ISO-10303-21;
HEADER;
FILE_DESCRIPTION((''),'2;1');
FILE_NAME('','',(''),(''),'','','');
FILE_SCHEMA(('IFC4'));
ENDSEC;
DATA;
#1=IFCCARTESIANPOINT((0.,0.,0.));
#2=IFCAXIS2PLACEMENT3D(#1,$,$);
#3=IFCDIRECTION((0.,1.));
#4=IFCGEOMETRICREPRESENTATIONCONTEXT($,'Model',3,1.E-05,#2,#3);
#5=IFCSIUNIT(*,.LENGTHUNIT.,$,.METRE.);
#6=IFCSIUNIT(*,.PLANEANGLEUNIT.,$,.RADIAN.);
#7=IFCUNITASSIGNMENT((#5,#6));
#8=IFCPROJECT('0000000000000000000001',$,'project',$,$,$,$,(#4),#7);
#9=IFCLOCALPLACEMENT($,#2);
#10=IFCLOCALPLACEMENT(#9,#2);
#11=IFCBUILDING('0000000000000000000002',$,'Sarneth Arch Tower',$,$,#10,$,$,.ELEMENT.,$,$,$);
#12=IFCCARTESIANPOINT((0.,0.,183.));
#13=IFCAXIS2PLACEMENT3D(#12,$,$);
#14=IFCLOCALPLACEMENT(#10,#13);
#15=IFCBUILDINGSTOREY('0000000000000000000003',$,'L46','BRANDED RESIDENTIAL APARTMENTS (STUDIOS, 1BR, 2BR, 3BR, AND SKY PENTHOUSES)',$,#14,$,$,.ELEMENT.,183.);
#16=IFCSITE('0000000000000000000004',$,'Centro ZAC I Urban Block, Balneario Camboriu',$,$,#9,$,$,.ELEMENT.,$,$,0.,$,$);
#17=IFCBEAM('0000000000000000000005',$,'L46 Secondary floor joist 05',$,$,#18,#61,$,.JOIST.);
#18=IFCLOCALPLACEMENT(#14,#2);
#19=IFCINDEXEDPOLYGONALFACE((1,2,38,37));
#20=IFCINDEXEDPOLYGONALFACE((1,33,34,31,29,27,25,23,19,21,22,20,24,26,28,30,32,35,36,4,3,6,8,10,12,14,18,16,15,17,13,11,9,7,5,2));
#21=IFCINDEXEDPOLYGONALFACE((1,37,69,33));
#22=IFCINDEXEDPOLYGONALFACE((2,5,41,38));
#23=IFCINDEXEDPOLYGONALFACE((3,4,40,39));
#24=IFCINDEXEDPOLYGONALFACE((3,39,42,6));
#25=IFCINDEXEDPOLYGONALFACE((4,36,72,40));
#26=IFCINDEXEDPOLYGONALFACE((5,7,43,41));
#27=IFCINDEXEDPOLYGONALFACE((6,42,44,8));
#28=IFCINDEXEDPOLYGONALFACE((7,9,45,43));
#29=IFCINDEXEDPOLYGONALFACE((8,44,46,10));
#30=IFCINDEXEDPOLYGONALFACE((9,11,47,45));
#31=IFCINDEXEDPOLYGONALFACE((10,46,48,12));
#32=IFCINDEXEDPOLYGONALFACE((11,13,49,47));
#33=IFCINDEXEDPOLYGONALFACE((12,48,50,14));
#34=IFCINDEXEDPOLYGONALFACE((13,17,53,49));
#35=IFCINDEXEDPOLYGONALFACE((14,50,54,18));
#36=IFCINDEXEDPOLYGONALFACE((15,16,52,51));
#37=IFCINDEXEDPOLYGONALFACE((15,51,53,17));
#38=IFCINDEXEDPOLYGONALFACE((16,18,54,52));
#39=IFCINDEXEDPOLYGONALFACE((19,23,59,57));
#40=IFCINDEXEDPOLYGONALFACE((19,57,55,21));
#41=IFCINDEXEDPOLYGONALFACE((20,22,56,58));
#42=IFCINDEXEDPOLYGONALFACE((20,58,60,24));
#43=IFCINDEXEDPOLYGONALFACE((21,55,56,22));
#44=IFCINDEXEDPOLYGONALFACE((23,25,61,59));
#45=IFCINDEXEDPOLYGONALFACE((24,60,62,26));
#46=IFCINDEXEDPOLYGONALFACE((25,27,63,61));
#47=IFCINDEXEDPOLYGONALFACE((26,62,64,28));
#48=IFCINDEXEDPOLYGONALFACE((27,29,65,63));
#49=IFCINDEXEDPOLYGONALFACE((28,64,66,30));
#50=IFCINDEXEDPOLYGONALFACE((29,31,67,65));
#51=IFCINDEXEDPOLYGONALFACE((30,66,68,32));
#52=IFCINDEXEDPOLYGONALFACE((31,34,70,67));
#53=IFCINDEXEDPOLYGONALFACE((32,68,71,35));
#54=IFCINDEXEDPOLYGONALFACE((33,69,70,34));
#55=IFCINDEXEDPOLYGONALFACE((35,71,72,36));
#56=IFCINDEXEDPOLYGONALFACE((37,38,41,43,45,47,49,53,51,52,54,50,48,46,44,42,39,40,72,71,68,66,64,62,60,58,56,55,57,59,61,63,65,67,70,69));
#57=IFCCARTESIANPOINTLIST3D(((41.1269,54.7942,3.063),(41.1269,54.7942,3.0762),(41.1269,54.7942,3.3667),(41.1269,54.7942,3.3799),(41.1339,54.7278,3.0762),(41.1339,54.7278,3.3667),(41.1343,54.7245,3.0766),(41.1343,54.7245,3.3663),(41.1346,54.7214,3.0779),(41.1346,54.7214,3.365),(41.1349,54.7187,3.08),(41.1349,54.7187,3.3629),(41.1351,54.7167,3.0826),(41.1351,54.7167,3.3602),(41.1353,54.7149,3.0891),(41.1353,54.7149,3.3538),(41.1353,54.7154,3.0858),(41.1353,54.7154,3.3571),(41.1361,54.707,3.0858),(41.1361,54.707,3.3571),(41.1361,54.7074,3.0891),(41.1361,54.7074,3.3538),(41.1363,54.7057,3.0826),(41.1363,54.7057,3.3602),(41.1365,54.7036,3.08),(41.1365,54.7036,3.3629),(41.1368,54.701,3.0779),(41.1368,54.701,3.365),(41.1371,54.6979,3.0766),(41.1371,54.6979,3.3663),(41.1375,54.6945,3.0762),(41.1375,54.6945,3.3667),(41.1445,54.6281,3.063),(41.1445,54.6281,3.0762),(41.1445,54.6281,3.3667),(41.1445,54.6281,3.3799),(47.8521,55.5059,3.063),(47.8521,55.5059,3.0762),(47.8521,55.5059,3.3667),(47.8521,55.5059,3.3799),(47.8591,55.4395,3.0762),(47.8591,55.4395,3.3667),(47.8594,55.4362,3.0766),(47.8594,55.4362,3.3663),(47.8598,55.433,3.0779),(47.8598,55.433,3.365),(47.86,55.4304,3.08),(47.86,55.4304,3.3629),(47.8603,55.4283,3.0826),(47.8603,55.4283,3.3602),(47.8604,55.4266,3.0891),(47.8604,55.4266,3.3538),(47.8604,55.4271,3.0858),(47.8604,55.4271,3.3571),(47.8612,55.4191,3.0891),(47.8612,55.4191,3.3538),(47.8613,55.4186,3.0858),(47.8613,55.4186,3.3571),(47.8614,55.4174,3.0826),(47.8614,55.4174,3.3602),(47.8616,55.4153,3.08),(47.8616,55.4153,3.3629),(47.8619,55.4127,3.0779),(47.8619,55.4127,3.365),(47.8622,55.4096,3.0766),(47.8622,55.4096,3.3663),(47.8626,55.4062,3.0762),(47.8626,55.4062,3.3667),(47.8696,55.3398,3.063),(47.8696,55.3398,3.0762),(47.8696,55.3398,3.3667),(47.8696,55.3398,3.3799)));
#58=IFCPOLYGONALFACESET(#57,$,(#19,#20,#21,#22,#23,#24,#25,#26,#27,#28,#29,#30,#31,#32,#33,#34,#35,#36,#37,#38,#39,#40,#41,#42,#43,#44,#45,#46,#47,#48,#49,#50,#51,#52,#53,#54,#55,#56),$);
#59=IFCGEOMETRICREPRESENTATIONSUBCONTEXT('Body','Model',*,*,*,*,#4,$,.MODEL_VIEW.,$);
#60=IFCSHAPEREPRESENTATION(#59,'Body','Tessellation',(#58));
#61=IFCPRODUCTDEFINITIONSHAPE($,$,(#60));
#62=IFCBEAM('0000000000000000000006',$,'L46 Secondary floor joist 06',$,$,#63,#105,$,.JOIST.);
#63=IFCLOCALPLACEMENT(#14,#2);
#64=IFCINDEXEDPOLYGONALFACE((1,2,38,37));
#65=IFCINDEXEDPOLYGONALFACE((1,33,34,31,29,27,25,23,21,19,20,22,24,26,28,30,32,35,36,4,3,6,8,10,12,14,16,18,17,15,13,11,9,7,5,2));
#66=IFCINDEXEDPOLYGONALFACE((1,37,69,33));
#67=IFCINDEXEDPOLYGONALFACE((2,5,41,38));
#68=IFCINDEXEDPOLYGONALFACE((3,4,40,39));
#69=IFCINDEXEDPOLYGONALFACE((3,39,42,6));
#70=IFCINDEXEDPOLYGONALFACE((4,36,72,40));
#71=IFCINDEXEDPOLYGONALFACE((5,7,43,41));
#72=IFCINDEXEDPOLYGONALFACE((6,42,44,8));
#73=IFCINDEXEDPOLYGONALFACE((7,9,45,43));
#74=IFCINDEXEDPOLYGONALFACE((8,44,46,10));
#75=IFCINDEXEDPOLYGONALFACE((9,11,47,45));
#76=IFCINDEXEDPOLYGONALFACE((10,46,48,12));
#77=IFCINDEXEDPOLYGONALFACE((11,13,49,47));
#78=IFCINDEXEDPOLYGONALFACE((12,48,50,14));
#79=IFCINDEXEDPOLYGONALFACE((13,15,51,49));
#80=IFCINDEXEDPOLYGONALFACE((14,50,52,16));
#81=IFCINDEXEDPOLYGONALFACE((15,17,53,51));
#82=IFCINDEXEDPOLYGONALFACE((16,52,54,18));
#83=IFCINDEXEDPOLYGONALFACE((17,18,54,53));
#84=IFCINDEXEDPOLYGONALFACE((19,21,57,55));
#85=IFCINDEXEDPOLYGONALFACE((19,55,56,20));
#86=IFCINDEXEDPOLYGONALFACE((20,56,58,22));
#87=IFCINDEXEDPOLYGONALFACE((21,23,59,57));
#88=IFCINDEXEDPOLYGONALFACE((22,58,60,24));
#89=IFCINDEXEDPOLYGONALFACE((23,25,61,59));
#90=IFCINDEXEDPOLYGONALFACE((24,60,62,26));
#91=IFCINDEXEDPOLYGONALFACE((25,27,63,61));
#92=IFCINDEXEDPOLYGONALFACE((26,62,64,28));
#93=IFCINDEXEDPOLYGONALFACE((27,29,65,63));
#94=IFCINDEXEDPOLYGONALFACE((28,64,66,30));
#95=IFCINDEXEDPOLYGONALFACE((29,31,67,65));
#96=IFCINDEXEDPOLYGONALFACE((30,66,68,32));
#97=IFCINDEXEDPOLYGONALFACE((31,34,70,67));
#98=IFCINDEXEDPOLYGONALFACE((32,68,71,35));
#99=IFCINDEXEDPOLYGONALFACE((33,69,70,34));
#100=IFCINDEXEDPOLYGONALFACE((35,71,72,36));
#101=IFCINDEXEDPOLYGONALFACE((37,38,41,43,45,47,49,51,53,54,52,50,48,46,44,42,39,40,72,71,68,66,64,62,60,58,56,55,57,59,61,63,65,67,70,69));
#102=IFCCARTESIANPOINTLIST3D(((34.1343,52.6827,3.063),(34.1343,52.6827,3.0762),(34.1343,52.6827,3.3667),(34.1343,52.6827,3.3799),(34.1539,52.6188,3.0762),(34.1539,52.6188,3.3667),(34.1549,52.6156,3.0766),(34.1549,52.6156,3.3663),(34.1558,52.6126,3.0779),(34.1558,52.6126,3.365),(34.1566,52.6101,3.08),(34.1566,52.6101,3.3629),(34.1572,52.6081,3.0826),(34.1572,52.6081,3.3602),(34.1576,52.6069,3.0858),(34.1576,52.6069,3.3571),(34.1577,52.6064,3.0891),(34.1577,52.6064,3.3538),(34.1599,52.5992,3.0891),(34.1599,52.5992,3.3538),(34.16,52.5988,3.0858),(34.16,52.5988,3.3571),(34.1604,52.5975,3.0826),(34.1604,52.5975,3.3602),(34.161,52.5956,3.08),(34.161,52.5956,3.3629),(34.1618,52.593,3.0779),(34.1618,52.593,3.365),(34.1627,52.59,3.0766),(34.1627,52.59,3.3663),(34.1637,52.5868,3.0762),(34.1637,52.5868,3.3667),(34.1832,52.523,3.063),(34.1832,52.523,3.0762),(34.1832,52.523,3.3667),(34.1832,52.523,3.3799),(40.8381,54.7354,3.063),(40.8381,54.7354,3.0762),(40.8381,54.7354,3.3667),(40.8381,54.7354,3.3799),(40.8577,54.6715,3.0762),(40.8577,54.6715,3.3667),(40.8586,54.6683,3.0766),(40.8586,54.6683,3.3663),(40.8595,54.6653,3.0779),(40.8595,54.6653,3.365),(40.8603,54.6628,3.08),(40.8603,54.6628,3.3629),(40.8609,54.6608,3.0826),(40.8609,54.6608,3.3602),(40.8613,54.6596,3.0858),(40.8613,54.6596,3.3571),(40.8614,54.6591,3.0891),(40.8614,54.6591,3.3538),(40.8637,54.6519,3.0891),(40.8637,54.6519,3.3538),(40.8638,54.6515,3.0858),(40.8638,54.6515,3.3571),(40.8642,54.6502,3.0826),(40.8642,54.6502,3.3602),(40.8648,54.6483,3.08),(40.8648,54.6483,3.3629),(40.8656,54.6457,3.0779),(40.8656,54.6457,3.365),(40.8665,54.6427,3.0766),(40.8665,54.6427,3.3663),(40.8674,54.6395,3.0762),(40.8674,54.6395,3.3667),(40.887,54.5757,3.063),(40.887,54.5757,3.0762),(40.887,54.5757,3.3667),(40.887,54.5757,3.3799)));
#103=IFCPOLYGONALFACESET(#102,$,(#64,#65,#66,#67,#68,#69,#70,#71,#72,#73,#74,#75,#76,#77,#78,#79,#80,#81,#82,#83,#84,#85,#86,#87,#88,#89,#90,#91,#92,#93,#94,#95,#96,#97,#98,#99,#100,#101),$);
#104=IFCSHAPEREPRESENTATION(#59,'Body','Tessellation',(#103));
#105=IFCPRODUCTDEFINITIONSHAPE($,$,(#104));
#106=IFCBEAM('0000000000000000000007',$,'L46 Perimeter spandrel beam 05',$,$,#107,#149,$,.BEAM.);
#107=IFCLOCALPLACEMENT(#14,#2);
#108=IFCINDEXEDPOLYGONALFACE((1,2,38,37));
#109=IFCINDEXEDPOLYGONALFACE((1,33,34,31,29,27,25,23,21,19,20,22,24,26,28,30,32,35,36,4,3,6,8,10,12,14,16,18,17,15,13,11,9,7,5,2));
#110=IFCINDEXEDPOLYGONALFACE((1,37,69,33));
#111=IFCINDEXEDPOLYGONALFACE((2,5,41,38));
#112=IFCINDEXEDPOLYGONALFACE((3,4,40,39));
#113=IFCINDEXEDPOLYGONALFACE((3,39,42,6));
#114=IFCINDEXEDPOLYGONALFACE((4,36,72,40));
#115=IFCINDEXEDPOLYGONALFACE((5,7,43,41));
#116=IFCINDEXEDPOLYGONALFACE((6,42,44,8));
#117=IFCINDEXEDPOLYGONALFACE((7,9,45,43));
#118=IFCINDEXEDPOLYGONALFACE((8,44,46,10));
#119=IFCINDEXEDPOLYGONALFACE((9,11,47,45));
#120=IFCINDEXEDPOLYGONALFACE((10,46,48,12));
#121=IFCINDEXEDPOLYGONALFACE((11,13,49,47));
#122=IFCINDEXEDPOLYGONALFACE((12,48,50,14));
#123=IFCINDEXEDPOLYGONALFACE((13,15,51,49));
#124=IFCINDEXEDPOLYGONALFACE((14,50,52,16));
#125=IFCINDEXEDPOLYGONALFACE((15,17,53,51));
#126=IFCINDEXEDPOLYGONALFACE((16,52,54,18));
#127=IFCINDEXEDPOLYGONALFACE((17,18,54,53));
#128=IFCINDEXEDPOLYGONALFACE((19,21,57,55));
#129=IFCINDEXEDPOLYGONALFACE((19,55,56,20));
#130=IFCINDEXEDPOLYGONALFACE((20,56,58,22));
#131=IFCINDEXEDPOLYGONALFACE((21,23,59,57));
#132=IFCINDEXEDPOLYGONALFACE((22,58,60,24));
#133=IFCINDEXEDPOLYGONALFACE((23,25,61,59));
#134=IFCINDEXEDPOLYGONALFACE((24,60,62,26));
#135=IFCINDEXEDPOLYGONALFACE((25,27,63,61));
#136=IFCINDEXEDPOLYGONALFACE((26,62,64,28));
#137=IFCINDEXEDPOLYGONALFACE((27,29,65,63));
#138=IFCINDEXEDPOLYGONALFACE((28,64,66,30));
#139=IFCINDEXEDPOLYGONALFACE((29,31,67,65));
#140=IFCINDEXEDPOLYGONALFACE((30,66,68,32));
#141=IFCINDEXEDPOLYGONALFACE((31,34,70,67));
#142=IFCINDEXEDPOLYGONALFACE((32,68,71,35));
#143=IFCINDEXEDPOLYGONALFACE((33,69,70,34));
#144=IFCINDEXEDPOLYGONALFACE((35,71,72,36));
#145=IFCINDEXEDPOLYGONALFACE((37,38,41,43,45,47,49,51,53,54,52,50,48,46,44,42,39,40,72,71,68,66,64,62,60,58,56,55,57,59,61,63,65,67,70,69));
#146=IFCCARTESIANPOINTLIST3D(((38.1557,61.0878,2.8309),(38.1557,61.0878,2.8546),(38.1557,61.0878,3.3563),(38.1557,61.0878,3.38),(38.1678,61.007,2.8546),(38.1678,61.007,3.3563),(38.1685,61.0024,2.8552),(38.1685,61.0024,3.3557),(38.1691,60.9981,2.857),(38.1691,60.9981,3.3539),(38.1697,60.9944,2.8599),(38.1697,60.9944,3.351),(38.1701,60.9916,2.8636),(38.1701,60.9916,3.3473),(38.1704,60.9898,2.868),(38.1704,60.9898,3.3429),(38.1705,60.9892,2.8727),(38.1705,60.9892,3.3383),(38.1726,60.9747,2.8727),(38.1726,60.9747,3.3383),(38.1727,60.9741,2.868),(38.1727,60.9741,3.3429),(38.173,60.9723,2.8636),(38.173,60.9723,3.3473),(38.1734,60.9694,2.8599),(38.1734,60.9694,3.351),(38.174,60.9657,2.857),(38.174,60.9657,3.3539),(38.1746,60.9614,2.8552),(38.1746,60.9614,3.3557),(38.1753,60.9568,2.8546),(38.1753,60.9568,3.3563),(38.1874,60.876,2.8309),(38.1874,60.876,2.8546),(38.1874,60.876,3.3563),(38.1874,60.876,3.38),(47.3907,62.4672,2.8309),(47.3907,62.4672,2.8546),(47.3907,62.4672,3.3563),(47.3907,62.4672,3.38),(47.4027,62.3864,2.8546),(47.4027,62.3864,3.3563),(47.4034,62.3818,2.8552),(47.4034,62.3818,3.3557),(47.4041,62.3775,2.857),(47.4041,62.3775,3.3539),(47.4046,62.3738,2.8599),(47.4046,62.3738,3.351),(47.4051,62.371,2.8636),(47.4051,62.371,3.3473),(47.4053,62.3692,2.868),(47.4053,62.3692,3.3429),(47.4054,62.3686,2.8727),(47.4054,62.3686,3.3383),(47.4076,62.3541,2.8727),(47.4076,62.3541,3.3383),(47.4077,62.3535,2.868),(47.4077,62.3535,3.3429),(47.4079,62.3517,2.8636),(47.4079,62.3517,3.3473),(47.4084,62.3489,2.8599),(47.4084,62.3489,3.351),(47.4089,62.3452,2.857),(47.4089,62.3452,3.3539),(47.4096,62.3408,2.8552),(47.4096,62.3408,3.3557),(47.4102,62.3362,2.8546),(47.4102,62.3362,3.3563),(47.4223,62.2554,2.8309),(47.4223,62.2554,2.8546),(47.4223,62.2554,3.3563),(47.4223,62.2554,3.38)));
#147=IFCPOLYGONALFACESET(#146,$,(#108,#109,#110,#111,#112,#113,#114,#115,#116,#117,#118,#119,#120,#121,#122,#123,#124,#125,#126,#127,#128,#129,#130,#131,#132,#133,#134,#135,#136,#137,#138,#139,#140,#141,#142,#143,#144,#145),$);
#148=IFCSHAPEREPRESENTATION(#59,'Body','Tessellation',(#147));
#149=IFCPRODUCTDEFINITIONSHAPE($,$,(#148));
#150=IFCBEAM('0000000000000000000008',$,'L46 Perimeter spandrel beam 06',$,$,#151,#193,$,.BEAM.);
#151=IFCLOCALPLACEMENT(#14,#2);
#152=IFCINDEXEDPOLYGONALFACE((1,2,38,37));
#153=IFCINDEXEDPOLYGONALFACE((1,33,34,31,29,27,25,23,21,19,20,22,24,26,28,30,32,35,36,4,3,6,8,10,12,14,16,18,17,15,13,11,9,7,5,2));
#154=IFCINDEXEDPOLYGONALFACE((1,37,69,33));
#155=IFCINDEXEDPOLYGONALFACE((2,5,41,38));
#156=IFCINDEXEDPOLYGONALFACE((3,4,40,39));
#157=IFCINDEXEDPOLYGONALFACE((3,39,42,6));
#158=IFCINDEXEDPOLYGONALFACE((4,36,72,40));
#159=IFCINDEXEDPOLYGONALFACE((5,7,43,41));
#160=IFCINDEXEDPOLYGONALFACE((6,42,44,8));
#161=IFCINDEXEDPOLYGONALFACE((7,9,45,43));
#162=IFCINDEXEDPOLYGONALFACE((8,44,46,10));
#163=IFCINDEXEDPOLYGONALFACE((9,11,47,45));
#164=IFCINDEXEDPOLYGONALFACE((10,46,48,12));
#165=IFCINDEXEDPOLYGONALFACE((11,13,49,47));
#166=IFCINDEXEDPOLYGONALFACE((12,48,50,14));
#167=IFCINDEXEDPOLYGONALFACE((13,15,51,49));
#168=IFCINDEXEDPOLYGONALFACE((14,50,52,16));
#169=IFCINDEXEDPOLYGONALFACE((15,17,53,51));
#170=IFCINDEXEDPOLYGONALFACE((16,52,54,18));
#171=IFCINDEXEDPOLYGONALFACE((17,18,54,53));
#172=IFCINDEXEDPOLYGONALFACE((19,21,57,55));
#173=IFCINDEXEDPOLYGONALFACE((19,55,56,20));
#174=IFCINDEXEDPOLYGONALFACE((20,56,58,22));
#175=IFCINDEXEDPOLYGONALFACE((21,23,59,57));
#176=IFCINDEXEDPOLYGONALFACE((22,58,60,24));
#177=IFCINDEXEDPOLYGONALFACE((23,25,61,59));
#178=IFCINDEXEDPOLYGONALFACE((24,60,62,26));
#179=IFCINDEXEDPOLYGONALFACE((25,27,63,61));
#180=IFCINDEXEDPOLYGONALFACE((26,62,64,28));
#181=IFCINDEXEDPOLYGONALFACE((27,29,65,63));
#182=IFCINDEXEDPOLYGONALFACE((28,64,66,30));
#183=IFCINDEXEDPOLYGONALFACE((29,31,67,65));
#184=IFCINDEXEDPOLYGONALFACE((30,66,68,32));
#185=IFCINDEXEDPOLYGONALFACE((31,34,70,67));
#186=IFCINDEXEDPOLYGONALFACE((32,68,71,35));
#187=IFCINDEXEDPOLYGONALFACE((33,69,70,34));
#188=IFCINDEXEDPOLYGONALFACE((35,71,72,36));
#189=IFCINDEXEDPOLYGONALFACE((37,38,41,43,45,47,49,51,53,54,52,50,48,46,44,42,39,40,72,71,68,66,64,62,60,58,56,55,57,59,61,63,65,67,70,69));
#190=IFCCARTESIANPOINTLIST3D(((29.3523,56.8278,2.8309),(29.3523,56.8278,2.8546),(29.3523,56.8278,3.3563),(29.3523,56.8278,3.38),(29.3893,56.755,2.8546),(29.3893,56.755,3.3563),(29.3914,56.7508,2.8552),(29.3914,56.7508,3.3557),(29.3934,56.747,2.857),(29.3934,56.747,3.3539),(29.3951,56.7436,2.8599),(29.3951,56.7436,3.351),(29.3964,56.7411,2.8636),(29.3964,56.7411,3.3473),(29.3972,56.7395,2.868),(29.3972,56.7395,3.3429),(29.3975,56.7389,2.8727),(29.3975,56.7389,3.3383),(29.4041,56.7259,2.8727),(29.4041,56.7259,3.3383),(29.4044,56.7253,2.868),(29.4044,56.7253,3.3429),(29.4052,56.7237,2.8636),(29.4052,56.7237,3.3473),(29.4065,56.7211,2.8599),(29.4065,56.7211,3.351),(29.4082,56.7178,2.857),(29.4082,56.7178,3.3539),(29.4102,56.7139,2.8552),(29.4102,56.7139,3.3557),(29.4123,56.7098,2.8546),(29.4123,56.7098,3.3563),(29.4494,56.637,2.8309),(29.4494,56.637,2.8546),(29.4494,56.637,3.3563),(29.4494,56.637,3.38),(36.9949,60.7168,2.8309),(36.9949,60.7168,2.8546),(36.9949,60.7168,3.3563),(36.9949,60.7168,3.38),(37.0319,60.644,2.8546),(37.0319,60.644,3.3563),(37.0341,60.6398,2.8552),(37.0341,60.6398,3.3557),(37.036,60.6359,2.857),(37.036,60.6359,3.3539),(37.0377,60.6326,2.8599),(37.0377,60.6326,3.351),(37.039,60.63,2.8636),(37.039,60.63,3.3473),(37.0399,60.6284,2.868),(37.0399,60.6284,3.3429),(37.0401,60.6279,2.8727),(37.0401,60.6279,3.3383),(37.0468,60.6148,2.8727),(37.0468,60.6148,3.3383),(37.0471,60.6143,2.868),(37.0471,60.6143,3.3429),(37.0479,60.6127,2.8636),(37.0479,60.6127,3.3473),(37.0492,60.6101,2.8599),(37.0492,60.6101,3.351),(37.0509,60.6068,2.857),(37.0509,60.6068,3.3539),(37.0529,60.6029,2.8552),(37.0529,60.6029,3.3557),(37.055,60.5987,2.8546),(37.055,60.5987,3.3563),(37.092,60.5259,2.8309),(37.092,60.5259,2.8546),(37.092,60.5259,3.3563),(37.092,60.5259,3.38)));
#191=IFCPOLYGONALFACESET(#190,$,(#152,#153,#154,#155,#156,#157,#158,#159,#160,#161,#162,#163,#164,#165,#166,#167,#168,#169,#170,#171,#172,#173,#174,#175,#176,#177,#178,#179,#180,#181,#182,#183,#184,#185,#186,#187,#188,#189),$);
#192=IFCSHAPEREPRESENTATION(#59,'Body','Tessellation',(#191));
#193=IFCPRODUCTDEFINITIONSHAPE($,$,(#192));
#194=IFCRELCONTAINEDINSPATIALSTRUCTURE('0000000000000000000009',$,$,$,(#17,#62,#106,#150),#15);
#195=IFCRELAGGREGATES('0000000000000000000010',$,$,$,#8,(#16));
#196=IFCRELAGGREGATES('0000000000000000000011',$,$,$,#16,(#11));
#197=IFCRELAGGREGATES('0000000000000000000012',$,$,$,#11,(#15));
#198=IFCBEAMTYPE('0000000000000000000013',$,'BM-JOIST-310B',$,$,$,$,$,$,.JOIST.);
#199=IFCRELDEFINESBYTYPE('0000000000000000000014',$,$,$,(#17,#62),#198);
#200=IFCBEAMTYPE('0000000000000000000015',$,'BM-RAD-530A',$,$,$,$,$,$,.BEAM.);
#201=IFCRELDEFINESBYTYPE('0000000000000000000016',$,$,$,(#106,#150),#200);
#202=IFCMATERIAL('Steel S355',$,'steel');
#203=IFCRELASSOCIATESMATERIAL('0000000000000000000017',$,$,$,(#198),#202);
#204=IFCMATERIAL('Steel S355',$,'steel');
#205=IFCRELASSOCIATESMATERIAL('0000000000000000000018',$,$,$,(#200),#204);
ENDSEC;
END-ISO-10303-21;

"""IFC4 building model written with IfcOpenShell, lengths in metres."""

from ifc_helpers import new_model, si_unit, direction, frame, origin, origin_2d, place, context, subcontext, project, spatial, i_section, extrude, material, material_profile, profile_set, type_object, element, save


model = new_model("IFC4")

# Units and contexts
model_context = context("Model", 3, precision=1e-05, world=origin(), true_north=direction((0.0, 1.0)))
body_context = subcontext(model_context, "Body", "Model", "MODEL_VIEW")
ifc_project = project(units=[si_unit("LENGTHUNIT", "METRE"), si_unit("PLANEANGLEUNIT", "RADIAN")], contexts=[model_context])

# Site, building, storey
site_placement = place(None, origin())
site = spatial("IfcSite", under=ifc_project, at=site_placement, Name="Centro ZAC I Urban Block, Balneario Camboriu", CompositionType="ELEMENT", RefElevation=0.0)
building_placement = place(site_placement, origin())
building = spatial("IfcBuilding", under=site, at=building_placement, Name="Sarneth Arch Tower", CompositionType="ELEMENT")
storey_placement = place(building_placement, frame((0.0, 0.0, 183.0)))
storey = spatial("IfcBuildingStorey", under=building, at=storey_placement, Name="L46", Description="BRANDED RESIDENTIAL APARTMENTS (STUDIOS, 1BR, 2BR, 3BR, AND SKY PENTHOUSES)", CompositionType="ELEMENT", Elevation=183.0)

# Beams
ifc_material_1 = material(Name="Steel S355", Category="steel")
ifc_material_profile_1 = material_profile(ifc_material_1, i_section(OverallWidth=0.167, OverallDepth=0.3169, WebThickness=0.0076, FlangeThickness=0.0132, FilletRadius=0.0129, at=origin_2d()), Name="W310x52")
ifc_profile_set_1 = profile_set([ifc_material_profile_1], Name="Steel S355")
beam_type_1 = type_object("IfcBeamType", Name="BM-JOIST-310B", PredefinedType="JOIST", material=ifc_profile_set_1)
beam_1_placement = place(storey_placement, frame((47.8608, 55.4229, 3.2214), z_axis=(-0.994447, -0.105235, 0.0), x_axis=(0.105235, -0.994447, 0.0)))
element("IfcBeam", 1, at=beam_1_placement, inside=storey, type_object=beam_type_1, Name="L46 Secondary floor joist 05", PredefinedType="JOIST", context=body_context, shape_type="SweptSolid", body=[
    extrude(i_section(OverallWidth=0.167, OverallDepth=0.3169, WebThickness=0.0076, FlangeThickness=0.0132, FilletRadius=0.0129, at=origin_2d()), origin(), (0.0, 0.0, 1.0), 6.7627),
])
beam_2_placement = place(storey_placement, frame((40.8625, 54.6555, 3.2214), z_axis=(-0.956179, -0.292784, 0.0), x_axis=(0.292784, -0.956179, 0.0)))
element("IfcBeam", 2, at=beam_2_placement, inside=storey, type_object=beam_type_1, Name="L46 Secondary floor joist 06", PredefinedType="JOIST", context=body_context, shape_type="SweptSolid", body=[
    extrude(i_section(OverallWidth=0.167, OverallDepth=0.3169, WebThickness=0.0076, FlangeThickness=0.0132, FilletRadius=0.0129, at=origin_2d()), origin(), (0.0, 0.0, 1.0), 7.011),
])
ifc_material_2 = material(Name="Steel S355", Category="steel")
ifc_material_profile_2 = material_profile(ifc_material_2, i_section(OverallWidth=0.2141, OverallDepth=0.5491, WebThickness=0.0146, FlangeThickness=0.0237, FilletRadius=0.0181, at=origin_2d()), Name="W530x138")
ifc_profile_set_2 = profile_set([ifc_material_profile_2], Name="Steel S355")
beam_type_2 = type_object("IfcBeamType", Name="BM-RAD-530A", PredefinedType="BEAM", material=ifc_profile_set_2)
beam_3_placement = place(storey_placement, frame((47.4065, 62.3613, 3.1055), z_axis=(-0.989028, -0.147729, 0.0), x_axis=(0.147729, -0.989028, 0.0)))
element("IfcBeam", 3, at=beam_3_placement, inside=storey, type_object=beam_type_2, Name="L46 Perimeter spandrel beam 05", PredefinedType="BEAM", context=body_context, shape_type="SweptSolid", body=[
    extrude(i_section(OverallWidth=0.2141, OverallDepth=0.5491, WebThickness=0.0146, FlangeThickness=0.0237, FilletRadius=0.0181, at=origin_2d()), origin(), (0.0, 0.0, 1.0), 9.3374),
])
beam_4_placement = place(storey_placement, frame((37.0435, 60.6213, 3.1055), z_axis=(-0.89125, -0.453512, 0.0), x_axis=(0.453512, -0.89125, 0.0)))
element("IfcBeam", 4, at=beam_4_placement, inside=storey, type_object=beam_type_2, Name="L46 Perimeter spandrel beam 06", PredefinedType="BEAM", context=body_context, shape_type="SweptSolid", body=[
    extrude(i_section(OverallWidth=0.2141, OverallDepth=0.5491, WebThickness=0.0146, FlangeThickness=0.0237, FilletRadius=0.0181, at=origin_2d()), origin(), (0.0, 0.0, 1.0), 8.5752),
])

save(model, "model.ifc")
